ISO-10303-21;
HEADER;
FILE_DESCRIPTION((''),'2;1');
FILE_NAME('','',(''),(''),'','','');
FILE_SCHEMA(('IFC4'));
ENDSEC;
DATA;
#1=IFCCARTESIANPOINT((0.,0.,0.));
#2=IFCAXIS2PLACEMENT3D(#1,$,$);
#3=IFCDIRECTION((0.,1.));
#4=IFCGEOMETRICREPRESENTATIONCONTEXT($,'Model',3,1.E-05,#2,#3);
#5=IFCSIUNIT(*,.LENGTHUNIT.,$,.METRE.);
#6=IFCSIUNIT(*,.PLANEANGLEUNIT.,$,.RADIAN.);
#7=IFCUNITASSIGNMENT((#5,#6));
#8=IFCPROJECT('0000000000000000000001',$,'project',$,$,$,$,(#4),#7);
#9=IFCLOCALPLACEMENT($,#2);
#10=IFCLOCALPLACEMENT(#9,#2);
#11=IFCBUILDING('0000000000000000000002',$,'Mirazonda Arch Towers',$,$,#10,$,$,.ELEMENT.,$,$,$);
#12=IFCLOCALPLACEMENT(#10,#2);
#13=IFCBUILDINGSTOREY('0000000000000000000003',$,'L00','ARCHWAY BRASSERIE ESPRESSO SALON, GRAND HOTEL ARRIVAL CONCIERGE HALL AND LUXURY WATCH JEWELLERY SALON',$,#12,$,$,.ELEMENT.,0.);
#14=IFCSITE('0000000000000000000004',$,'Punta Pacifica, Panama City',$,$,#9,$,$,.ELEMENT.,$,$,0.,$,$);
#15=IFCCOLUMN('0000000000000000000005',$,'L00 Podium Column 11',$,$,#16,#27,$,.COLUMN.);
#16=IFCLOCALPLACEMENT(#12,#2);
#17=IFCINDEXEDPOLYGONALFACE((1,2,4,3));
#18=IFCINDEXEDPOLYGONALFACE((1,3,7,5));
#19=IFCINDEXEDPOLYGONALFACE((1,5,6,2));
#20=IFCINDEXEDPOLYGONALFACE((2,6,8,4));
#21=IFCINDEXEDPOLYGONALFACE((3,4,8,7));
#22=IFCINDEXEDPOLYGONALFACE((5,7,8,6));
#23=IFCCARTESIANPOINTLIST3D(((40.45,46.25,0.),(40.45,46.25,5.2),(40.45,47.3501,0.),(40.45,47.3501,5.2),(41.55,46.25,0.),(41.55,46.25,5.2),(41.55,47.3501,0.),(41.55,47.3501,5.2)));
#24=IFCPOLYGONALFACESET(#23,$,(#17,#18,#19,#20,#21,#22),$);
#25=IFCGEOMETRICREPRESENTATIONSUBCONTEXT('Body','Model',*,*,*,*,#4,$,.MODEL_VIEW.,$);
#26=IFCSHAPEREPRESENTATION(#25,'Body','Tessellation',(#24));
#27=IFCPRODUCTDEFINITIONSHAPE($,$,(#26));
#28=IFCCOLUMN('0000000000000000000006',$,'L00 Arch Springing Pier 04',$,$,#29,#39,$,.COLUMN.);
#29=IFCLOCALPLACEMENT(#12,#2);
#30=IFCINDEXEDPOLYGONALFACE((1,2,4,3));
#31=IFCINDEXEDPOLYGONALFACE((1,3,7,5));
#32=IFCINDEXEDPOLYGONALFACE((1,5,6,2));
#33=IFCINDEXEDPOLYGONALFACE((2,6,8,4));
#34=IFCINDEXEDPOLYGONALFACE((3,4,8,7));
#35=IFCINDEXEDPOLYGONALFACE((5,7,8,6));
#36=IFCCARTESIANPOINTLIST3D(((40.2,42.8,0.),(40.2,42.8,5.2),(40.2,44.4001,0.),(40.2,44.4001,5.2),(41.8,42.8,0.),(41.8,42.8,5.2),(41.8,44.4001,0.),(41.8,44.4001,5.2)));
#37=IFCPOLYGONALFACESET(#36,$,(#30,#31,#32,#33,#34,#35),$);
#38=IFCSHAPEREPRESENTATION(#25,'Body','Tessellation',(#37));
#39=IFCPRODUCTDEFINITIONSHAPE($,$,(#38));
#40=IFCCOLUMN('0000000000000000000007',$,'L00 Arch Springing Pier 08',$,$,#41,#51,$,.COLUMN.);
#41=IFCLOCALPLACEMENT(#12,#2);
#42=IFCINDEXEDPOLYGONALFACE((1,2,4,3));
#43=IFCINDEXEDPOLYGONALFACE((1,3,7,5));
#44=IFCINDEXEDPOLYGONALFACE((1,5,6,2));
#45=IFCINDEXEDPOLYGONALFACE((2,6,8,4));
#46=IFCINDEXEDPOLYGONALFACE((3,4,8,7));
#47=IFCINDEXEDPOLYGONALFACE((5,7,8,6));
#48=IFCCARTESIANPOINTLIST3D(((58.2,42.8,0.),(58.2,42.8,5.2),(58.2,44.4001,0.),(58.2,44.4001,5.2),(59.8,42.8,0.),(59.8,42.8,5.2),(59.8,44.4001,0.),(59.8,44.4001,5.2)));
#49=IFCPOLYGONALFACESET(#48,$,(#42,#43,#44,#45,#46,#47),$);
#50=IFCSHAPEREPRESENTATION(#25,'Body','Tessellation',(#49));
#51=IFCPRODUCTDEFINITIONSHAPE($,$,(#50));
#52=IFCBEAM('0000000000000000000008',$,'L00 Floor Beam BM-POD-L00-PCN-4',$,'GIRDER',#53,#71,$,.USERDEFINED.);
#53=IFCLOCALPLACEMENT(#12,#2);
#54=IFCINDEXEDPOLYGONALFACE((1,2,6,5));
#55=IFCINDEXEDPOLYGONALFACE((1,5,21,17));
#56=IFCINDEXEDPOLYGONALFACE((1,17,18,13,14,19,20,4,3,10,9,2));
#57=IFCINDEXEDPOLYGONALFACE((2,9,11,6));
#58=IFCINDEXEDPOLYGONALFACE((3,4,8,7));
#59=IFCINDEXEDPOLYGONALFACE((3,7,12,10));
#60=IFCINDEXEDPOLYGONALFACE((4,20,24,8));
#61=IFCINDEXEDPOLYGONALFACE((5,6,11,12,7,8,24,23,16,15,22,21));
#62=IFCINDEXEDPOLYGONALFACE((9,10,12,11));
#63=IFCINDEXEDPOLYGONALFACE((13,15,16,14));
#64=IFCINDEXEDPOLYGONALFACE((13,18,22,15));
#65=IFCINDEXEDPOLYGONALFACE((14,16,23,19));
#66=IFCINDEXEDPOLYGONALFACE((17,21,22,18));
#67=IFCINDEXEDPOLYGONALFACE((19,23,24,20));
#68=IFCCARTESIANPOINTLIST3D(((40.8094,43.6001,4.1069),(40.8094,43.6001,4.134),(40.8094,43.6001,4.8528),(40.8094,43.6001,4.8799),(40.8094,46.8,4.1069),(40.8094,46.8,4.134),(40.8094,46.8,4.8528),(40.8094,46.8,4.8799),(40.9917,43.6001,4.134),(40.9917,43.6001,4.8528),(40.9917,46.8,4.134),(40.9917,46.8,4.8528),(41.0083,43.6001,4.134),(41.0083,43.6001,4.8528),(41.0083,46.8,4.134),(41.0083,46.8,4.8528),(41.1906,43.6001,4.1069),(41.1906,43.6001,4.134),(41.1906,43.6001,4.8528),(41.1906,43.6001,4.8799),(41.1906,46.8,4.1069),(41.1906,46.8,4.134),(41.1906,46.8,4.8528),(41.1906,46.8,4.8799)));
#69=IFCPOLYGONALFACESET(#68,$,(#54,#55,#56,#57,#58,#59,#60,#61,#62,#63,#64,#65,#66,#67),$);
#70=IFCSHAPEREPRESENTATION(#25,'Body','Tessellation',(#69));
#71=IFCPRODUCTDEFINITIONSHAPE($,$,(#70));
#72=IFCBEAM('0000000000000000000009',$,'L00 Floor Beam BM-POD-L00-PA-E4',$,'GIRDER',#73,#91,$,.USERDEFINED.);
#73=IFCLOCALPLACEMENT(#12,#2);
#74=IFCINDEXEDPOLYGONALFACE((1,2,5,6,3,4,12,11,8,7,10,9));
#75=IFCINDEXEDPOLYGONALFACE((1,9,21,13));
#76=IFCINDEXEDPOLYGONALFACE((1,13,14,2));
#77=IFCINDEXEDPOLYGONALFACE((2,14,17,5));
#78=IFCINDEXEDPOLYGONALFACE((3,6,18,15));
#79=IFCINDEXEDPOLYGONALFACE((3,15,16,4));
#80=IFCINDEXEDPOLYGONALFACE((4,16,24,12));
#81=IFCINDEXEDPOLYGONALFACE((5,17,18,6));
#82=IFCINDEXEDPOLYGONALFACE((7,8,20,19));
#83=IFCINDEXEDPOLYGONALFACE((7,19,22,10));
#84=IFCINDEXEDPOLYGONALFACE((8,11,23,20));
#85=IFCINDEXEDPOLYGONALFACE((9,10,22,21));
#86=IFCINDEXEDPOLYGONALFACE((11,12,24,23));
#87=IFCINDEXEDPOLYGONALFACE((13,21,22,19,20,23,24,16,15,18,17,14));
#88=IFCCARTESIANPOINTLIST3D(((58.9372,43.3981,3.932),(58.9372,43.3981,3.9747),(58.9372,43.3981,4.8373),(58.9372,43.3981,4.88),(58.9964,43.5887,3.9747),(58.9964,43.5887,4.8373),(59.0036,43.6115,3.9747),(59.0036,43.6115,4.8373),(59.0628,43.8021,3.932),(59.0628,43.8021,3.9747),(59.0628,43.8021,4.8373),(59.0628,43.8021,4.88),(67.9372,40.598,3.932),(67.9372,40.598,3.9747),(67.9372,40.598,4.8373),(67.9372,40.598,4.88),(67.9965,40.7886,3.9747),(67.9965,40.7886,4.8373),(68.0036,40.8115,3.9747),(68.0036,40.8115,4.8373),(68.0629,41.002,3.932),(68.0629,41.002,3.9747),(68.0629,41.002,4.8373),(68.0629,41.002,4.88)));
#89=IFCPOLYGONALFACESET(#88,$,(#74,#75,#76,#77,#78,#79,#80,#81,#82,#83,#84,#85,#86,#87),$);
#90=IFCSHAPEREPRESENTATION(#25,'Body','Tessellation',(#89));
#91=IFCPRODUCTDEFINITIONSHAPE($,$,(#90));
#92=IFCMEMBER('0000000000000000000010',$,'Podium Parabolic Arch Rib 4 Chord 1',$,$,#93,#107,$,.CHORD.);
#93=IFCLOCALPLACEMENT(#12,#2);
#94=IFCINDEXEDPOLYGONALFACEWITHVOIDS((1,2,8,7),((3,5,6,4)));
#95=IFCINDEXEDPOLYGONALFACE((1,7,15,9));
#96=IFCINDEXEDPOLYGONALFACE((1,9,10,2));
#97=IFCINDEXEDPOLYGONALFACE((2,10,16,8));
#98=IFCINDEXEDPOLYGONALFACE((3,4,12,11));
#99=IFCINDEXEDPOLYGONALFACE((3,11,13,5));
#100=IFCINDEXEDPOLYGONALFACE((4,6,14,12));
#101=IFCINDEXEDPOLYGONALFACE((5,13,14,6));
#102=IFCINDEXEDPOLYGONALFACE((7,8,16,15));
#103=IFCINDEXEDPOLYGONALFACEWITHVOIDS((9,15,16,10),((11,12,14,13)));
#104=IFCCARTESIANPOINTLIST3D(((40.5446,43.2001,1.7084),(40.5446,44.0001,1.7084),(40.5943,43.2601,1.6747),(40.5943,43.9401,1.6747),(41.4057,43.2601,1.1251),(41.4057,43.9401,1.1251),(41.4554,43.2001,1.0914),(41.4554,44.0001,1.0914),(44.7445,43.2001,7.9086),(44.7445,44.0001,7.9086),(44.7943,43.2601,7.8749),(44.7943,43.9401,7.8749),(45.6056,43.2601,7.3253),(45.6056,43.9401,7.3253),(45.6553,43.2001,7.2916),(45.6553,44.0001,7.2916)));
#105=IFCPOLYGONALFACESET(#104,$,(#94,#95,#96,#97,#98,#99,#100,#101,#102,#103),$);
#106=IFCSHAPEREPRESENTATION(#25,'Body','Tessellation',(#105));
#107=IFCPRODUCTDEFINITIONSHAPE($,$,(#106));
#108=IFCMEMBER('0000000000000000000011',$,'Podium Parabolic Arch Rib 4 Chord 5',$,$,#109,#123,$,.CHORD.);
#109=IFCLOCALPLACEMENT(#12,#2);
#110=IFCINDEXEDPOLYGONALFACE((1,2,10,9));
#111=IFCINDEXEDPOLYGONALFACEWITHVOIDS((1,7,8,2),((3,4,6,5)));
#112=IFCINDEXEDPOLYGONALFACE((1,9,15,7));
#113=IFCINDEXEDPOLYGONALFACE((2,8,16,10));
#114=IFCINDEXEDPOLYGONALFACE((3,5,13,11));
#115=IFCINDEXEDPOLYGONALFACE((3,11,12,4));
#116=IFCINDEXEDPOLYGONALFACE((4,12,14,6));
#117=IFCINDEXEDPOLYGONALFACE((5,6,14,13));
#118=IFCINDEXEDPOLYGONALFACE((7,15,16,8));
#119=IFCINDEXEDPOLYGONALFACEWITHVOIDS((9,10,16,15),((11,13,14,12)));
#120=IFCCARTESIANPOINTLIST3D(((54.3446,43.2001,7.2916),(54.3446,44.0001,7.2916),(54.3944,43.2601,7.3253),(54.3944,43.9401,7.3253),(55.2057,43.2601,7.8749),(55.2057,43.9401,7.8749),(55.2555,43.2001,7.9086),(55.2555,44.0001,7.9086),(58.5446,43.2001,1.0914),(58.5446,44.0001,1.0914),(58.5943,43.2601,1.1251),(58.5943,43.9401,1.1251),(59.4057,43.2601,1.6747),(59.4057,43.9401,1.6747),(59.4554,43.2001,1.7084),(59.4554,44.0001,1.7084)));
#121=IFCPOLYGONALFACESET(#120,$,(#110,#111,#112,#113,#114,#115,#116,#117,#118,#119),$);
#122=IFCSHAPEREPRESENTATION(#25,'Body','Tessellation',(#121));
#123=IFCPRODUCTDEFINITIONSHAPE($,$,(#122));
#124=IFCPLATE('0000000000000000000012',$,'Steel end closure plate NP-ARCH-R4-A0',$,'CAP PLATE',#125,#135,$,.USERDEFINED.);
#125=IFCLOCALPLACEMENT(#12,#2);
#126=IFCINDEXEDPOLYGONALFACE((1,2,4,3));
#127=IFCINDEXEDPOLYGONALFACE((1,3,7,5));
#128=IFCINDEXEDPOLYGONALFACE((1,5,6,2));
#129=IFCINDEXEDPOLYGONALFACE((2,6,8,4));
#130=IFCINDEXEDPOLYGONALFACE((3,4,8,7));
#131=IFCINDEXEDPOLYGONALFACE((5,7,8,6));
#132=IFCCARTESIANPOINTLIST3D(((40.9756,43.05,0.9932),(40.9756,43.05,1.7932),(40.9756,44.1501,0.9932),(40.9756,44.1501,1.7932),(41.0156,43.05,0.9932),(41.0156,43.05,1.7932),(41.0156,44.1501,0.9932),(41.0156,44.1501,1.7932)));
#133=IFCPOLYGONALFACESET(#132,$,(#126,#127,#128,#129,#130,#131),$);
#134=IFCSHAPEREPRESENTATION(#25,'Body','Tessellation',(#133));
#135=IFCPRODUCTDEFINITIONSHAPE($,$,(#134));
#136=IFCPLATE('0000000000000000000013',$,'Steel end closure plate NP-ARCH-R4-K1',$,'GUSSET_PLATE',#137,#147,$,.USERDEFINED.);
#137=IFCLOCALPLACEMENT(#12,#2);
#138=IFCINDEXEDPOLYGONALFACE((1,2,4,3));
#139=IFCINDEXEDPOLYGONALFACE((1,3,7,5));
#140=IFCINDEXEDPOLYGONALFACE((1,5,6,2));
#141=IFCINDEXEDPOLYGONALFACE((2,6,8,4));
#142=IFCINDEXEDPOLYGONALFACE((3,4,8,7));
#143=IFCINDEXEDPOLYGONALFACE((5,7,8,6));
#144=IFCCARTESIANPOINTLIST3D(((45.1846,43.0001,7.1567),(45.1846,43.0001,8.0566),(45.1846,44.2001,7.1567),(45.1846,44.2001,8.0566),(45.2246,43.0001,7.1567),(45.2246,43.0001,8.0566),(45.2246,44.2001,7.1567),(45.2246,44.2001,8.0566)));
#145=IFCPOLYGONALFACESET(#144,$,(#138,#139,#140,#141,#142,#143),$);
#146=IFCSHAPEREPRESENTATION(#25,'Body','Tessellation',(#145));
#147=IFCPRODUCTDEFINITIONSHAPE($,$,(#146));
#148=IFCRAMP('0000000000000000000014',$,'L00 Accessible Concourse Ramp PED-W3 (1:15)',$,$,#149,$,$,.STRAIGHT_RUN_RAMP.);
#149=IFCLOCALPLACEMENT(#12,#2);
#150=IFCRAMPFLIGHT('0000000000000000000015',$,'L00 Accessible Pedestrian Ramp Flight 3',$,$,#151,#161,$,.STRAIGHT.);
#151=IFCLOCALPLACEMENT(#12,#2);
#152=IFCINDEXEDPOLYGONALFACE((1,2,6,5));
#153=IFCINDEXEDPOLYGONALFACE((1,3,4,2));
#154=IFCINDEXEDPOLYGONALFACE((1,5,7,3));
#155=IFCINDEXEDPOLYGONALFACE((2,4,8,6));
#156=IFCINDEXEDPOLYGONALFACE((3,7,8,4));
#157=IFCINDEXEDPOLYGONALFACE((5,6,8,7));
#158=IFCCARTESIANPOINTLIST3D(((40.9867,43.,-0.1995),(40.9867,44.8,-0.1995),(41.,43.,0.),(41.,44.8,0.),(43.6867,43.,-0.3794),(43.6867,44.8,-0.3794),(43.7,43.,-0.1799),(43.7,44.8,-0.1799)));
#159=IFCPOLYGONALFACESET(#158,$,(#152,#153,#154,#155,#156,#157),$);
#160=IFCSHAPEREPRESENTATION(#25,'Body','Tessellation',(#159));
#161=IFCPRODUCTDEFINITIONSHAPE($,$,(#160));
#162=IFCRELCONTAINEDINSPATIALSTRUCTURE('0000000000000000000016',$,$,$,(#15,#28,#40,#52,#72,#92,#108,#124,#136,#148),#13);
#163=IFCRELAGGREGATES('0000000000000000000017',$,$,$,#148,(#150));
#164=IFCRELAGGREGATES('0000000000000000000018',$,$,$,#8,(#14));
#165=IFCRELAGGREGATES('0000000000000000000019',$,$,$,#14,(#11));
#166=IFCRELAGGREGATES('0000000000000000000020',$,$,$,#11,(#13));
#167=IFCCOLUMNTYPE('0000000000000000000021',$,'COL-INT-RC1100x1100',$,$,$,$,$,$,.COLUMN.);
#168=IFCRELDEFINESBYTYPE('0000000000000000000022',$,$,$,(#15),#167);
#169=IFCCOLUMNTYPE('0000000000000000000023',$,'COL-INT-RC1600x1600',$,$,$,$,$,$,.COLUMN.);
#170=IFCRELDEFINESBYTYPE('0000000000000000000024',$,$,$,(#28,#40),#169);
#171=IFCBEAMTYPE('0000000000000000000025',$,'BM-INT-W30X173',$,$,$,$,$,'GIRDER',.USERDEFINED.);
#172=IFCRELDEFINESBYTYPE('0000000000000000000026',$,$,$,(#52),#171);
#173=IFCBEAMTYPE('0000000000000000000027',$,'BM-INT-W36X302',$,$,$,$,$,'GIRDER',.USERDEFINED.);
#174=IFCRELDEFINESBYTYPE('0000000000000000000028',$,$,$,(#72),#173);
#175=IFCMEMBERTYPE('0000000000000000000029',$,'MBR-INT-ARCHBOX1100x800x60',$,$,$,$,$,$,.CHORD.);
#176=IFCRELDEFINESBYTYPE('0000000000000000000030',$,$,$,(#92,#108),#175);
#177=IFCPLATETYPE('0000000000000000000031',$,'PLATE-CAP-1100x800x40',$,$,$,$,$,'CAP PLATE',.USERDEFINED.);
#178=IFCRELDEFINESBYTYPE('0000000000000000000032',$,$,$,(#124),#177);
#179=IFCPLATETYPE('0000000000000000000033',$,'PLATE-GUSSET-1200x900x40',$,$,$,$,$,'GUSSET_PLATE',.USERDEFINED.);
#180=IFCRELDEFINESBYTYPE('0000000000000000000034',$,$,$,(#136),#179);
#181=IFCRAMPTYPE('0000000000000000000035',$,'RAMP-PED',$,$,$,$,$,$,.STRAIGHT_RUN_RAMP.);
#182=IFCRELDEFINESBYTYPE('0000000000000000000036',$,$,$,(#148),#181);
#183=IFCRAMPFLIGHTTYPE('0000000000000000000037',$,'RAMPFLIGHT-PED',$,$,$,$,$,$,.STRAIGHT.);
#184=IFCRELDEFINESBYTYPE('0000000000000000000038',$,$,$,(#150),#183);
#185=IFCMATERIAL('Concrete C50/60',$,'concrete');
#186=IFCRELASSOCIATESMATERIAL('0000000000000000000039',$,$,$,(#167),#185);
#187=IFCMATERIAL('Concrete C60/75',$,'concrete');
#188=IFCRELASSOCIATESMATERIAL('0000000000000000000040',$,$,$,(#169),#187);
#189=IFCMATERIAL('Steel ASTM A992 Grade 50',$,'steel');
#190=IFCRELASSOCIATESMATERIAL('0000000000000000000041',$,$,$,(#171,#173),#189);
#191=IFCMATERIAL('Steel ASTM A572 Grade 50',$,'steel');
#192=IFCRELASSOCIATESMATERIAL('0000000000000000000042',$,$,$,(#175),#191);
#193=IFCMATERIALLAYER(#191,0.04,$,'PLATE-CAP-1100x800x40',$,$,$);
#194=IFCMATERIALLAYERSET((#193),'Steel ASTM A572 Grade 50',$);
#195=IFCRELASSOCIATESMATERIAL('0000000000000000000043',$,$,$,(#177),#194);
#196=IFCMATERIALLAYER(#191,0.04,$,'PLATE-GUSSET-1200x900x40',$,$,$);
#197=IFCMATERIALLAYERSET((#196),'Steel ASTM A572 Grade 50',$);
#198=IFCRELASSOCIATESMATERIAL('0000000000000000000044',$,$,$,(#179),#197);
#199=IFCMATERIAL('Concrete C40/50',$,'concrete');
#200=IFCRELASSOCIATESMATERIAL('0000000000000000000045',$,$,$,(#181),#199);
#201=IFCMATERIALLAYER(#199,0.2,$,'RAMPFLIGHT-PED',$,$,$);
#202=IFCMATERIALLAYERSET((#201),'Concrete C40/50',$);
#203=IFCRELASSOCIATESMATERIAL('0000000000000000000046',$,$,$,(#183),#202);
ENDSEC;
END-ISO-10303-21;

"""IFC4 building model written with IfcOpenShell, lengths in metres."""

from ifc_helpers import new_model, si_unit, direction, frame, origin, origin_2d, place, context, subcontext, project, spatial, polyline, rectangle, hollow_rectangle, i_section, outline, extrude, material, layer, layer_set, material_profile, profile_set, type_object, element, aggregate, save


model = new_model("IFC4")

# Units and contexts
model_context = context("Model", 3, precision=1e-05, world=origin(), true_north=direction((0.0, 1.0)))
body_context = subcontext(model_context, "Body", "Model", "MODEL_VIEW")
ifc_project = project(units=[si_unit("LENGTHUNIT", "METRE"), si_unit("PLANEANGLEUNIT", "RADIAN")], contexts=[model_context])

# Site, building, storey
site_placement = place(None, origin())
site = spatial("IfcSite", under=ifc_project, at=site_placement, Name="Punta Pacifica, Panama City", CompositionType="ELEMENT", RefElevation=0.0)
building_placement = place(site_placement, origin())
building = spatial("IfcBuilding", under=site, at=building_placement, Name="Mirazonda Arch Towers", CompositionType="ELEMENT")
storey_placement = place(building_placement, origin())
storey = spatial("IfcBuildingStorey", under=building, at=storey_placement, Name="L00", Description="ARCHWAY BRASSERIE ESPRESSO SALON, GRAND HOTEL ARRIVAL CONCIERGE HALL AND LUXURY WATCH JEWELLERY SALON", CompositionType="ELEMENT", Elevation=0.0)

# Columns
ifc_material_1 = material(Name="Concrete C50/60", Category="concrete")
ifc_material_profile_1 = material_profile(ifc_material_1, rectangle(XDim=1.1001, YDim=1.1001, at=origin_2d()), Name="RC1100x1100")
ifc_profile_set_1 = profile_set([ifc_material_profile_1], Name="Concrete C50/60")
column_type_1 = type_object("IfcColumnType", Name="COL-INT-RC1100x1100", PredefinedType="COLUMN", material=ifc_profile_set_1)
column_placement = place(storey_placement, frame((41.0, 46.8, 0.0), z_axis=(0.0, 0.0, 1.0), x_axis=(1.0, 0.0, 0.0)))
element("IfcColumn", 1, at=column_placement, inside=storey, type_object=column_type_1, Name="L00 Podium Column 11", PredefinedType="COLUMN", context=body_context, shape_type="SweptSolid", body=[
    extrude(rectangle(XDim=1.1001, YDim=1.1001, at=origin_2d()), origin(), (0.0, 0.0, 1.0), 5.2),
])
ifc_material_2 = material(Name="Concrete C60/75", Category="concrete")
ifc_material_profile_2 = material_profile(ifc_material_2, rectangle(XDim=1.6001, YDim=1.6001, at=origin_2d()), Name="RC1600x1600")
ifc_profile_set_2 = profile_set([ifc_material_profile_2], Name="Concrete C60/75")
column_type_2 = type_object("IfcColumnType", Name="COL-INT-RC1600x1600", PredefinedType="COLUMN", material=ifc_profile_set_2)
for number, where, z_axis, x_axis, name in (
    (2, (41.0, 43.6001, 0.0), (0.0, 0.0, 1.0), (1.0, 0.0, 0.0), "L00 Arch Springing Pier 04"),
    (3, (59.0, 43.6001, 0.0), (0.0, 0.0, 1.0), (1.0, 0.0, 0.0), "L00 Arch Springing Pier 08"),
):
    element("IfcColumn", number, at=place(storey_placement, frame(where, z_axis=z_axis, x_axis=x_axis)), inside=storey, type_object=column_type_2, Name=name, PredefinedType="COLUMN", context=body_context, shape_type="SweptSolid", body=[
        extrude(rectangle(XDim=1.6001, YDim=1.6001, at=origin_2d()), origin(), (0.0, 0.0, 1.0), 5.2),
    ])

# Beams
ifc_material_3 = material(Name="Steel ASTM A992 Grade 50", Category="steel")
ifc_material_profile_3 = material_profile(ifc_material_3, i_section(OverallWidth=0.3811, OverallDepth=0.7729, WebThickness=0.0166, FlangeThickness=0.0271, at=origin_2d()), Name="W30X173")
ifc_profile_set_3 = profile_set([ifc_material_profile_3], Name="Steel ASTM A992 Grade 50")
beam_type_1 = type_object("IfcBeamType", Name="BM-INT-W30X173", ElementType="GIRDER", PredefinedType="USERDEFINED", material=ifc_profile_set_3)
beam_1_placement = place(storey_placement, frame((41.0, 43.6001, 4.4934), z_axis=(0.0, 1.0, 0.0), x_axis=(-1.0, 0.0, 0.0)))
element("IfcBeam", 4, at=beam_1_placement, inside=storey, type_object=beam_type_1, Name="L00 Floor Beam BM-POD-L00-PCN-4", ObjectType="GIRDER", PredefinedType="USERDEFINED", context=body_context, shape_type="SweptSolid", body=[
    extrude(i_section(OverallWidth=0.3811, OverallDepth=0.7729, WebThickness=0.0166, FlangeThickness=0.0271, at=origin_2d()), origin(), (0.0, 0.0, 1.0), 3.2),
])
ifc_material_profile_4 = material_profile(ifc_material_3, i_section(OverallWidth=0.4231, OverallDepth=0.948, WebThickness=0.0239, FlangeThickness=0.0427, at=origin_2d()), Name="W36X302")
ifc_profile_set_4 = profile_set([ifc_material_profile_4], Name="Steel ASTM A992 Grade 50")
beam_type_2 = type_object("IfcBeamType", Name="BM-INT-W36X302", ElementType="GIRDER", PredefinedType="USERDEFINED", material=ifc_profile_set_4)
beam_2_placement = place(storey_placement, frame((59.0, 43.6001, 4.406), z_axis=(0.954855, -0.297071, 0.0), x_axis=(0.297071, 0.954855, 0.0)))
element("IfcBeam", 5, at=beam_2_placement, inside=storey, type_object=beam_type_2, Name="L00 Floor Beam BM-POD-L00-PA-E4", ObjectType="GIRDER", PredefinedType="USERDEFINED", context=body_context, shape_type="SweptSolid", body=[
    extrude(i_section(OverallWidth=0.4231, OverallDepth=0.948, WebThickness=0.0239, FlangeThickness=0.0427, at=origin_2d()), origin(), (0.0, 0.0, 1.0), 9.4255),
])

# Members
ifc_material_4 = material(Name="Steel ASTM A572 Grade 50", Category="steel")
ifc_material_profile_5 = material_profile(ifc_material_4, hollow_rectangle(XDim=0.8, YDim=1.1001, WallThickness=0.0601, at=origin_2d()), Name="ARCHBOX1100x800x60")
ifc_profile_set_5 = profile_set([ifc_material_profile_5], Name="Steel ASTM A572 Grade 50")
member_type = type_object("IfcMemberType", Name="MBR-INT-ARCHBOX1100x800x60", PredefinedType="CHORD", material=ifc_profile_set_5)
for number, where, z_axis, x_axis, name in (
    (6, (41.0, 43.6001, 1.3999), (0.560832, 0.0, 0.82793), (0.0, 1.0, 0.0), "Podium Parabolic Arch Rib 4 Chord 1"),
    (7, (54.8, 43.6001, 7.6001), (0.560832, 0.0, -0.82793), (0.0, 1.0, 0.0), "Podium Parabolic Arch Rib 4 Chord 5"),
):
    element("IfcMember", number, at=place(storey_placement, frame(where, z_axis=z_axis, x_axis=x_axis)), inside=storey, type_object=member_type, Name=name, PredefinedType="CHORD", context=body_context, shape_type="SweptSolid", body=[
        extrude(hollow_rectangle(XDim=0.8, YDim=1.1001, WallThickness=0.0601, at=origin_2d()), origin(), (0.0, 0.0, 1.0), 7.4888),
    ])

# Plates
ifc_layer_1 = layer(ifc_material_4, 0.04, Name="PLATE-CAP-1100x800x40")
ifc_layer_set_1 = layer_set([ifc_layer_1], Name="Steel ASTM A572 Grade 50")
plate_type_1 = type_object("IfcPlateType", Name="PLATE-CAP-1100x800x40", ElementType="CAP PLATE", PredefinedType="USERDEFINED", material=ifc_layer_set_1)
plate_1_placement = place(storey_placement, frame((40.9956, 43.6001, 0.9932), z_axis=(0.0, 0.0, 1.0), x_axis=(-1.0, 0.0, 0.0)))
element("IfcPlate", 8, at=plate_1_placement, inside=storey, type_object=plate_type_1, Name="Steel end closure plate NP-ARCH-R4-A0", ObjectType="CAP PLATE", PredefinedType="USERDEFINED", context=body_context, shape_type="SweptSolid", body=[
    extrude(rectangle(XDim=0.04, YDim=1.1001, at=origin_2d()), origin(), (0.0, 0.0, 1.0), 0.8),
])
ifc_layer_2 = layer(ifc_material_4, 0.04, Name="PLATE-GUSSET-1200x900x40")
ifc_layer_set_2 = layer_set([ifc_layer_2], Name="Steel ASTM A572 Grade 50")
plate_type_2 = type_object("IfcPlateType", Name="PLATE-GUSSET-1200x900x40", ElementType="GUSSET_PLATE", PredefinedType="USERDEFINED", material=ifc_layer_set_2)
plate_2_placement = place(storey_placement, frame((45.2046, 43.6001, 7.1567), z_axis=(0.0, 0.0, 1.0), x_axis=(1.0, 0.0, 0.0)))
element("IfcPlate", 9, at=plate_2_placement, inside=storey, type_object=plate_type_2, Name="Steel end closure plate NP-ARCH-R4-K1", ObjectType="GUSSET_PLATE", PredefinedType="USERDEFINED", context=body_context, shape_type="SweptSolid", body=[
    extrude(rectangle(XDim=0.04, YDim=1.2, at=origin_2d()), origin(), (0.0, 0.0, 1.0), 0.8999),
])

# Ramp, ramp flight
ifc_material_5 = material(Name="Concrete C40/50", Category="concrete")
ramp_type = type_object("IfcRampType", Name="RAMP-PED", PredefinedType="STRAIGHT_RUN_RAMP", material=ifc_material_5)
ramp_placement = place(storey_placement, origin())
ramp = element("IfcRamp", 10, at=ramp_placement, inside=storey, type_object=ramp_type, Name="L00 Accessible Concourse Ramp PED-W3 (1:15)", PredefinedType="STRAIGHT_RUN_RAMP")
ifc_layer_3 = layer(ifc_material_5, 0.2, Name="RAMPFLIGHT-PED")
ifc_layer_set_3 = layer_set([ifc_layer_3], Name="Concrete C40/50")
ramp_flight_type = type_object("IfcRampFlightType", Name="RAMPFLIGHT-PED", PredefinedType="STRAIGHT", material=ifc_layer_set_3)
ramp_flight_placement = place(storey_placement, frame((43.7, 44.8, -0.1799), z_axis=(0.066495, 0.0, 0.997787), x_axis=(-0.997787, 0.0, 0.066495)))
ramp_flight = element("IfcRampFlight", 11, at=ramp_flight_placement, type_object=ramp_flight_type, Name="L00 Accessible Pedestrian Ramp Flight 3", PredefinedType="STRAIGHT", context=body_context, shape_type="SweptSolid", body=[
    extrude(outline(polyline([(0.0, 0.0), (2.7059, 0.0), (2.7059, 1.8), (0.0, 1.8), (0.0, 0.0)])), origin(), (0.0, 0.0, -1.0), 0.2),
])
aggregate(ramp, [ramp_flight])

save(model, "model.ifc")
